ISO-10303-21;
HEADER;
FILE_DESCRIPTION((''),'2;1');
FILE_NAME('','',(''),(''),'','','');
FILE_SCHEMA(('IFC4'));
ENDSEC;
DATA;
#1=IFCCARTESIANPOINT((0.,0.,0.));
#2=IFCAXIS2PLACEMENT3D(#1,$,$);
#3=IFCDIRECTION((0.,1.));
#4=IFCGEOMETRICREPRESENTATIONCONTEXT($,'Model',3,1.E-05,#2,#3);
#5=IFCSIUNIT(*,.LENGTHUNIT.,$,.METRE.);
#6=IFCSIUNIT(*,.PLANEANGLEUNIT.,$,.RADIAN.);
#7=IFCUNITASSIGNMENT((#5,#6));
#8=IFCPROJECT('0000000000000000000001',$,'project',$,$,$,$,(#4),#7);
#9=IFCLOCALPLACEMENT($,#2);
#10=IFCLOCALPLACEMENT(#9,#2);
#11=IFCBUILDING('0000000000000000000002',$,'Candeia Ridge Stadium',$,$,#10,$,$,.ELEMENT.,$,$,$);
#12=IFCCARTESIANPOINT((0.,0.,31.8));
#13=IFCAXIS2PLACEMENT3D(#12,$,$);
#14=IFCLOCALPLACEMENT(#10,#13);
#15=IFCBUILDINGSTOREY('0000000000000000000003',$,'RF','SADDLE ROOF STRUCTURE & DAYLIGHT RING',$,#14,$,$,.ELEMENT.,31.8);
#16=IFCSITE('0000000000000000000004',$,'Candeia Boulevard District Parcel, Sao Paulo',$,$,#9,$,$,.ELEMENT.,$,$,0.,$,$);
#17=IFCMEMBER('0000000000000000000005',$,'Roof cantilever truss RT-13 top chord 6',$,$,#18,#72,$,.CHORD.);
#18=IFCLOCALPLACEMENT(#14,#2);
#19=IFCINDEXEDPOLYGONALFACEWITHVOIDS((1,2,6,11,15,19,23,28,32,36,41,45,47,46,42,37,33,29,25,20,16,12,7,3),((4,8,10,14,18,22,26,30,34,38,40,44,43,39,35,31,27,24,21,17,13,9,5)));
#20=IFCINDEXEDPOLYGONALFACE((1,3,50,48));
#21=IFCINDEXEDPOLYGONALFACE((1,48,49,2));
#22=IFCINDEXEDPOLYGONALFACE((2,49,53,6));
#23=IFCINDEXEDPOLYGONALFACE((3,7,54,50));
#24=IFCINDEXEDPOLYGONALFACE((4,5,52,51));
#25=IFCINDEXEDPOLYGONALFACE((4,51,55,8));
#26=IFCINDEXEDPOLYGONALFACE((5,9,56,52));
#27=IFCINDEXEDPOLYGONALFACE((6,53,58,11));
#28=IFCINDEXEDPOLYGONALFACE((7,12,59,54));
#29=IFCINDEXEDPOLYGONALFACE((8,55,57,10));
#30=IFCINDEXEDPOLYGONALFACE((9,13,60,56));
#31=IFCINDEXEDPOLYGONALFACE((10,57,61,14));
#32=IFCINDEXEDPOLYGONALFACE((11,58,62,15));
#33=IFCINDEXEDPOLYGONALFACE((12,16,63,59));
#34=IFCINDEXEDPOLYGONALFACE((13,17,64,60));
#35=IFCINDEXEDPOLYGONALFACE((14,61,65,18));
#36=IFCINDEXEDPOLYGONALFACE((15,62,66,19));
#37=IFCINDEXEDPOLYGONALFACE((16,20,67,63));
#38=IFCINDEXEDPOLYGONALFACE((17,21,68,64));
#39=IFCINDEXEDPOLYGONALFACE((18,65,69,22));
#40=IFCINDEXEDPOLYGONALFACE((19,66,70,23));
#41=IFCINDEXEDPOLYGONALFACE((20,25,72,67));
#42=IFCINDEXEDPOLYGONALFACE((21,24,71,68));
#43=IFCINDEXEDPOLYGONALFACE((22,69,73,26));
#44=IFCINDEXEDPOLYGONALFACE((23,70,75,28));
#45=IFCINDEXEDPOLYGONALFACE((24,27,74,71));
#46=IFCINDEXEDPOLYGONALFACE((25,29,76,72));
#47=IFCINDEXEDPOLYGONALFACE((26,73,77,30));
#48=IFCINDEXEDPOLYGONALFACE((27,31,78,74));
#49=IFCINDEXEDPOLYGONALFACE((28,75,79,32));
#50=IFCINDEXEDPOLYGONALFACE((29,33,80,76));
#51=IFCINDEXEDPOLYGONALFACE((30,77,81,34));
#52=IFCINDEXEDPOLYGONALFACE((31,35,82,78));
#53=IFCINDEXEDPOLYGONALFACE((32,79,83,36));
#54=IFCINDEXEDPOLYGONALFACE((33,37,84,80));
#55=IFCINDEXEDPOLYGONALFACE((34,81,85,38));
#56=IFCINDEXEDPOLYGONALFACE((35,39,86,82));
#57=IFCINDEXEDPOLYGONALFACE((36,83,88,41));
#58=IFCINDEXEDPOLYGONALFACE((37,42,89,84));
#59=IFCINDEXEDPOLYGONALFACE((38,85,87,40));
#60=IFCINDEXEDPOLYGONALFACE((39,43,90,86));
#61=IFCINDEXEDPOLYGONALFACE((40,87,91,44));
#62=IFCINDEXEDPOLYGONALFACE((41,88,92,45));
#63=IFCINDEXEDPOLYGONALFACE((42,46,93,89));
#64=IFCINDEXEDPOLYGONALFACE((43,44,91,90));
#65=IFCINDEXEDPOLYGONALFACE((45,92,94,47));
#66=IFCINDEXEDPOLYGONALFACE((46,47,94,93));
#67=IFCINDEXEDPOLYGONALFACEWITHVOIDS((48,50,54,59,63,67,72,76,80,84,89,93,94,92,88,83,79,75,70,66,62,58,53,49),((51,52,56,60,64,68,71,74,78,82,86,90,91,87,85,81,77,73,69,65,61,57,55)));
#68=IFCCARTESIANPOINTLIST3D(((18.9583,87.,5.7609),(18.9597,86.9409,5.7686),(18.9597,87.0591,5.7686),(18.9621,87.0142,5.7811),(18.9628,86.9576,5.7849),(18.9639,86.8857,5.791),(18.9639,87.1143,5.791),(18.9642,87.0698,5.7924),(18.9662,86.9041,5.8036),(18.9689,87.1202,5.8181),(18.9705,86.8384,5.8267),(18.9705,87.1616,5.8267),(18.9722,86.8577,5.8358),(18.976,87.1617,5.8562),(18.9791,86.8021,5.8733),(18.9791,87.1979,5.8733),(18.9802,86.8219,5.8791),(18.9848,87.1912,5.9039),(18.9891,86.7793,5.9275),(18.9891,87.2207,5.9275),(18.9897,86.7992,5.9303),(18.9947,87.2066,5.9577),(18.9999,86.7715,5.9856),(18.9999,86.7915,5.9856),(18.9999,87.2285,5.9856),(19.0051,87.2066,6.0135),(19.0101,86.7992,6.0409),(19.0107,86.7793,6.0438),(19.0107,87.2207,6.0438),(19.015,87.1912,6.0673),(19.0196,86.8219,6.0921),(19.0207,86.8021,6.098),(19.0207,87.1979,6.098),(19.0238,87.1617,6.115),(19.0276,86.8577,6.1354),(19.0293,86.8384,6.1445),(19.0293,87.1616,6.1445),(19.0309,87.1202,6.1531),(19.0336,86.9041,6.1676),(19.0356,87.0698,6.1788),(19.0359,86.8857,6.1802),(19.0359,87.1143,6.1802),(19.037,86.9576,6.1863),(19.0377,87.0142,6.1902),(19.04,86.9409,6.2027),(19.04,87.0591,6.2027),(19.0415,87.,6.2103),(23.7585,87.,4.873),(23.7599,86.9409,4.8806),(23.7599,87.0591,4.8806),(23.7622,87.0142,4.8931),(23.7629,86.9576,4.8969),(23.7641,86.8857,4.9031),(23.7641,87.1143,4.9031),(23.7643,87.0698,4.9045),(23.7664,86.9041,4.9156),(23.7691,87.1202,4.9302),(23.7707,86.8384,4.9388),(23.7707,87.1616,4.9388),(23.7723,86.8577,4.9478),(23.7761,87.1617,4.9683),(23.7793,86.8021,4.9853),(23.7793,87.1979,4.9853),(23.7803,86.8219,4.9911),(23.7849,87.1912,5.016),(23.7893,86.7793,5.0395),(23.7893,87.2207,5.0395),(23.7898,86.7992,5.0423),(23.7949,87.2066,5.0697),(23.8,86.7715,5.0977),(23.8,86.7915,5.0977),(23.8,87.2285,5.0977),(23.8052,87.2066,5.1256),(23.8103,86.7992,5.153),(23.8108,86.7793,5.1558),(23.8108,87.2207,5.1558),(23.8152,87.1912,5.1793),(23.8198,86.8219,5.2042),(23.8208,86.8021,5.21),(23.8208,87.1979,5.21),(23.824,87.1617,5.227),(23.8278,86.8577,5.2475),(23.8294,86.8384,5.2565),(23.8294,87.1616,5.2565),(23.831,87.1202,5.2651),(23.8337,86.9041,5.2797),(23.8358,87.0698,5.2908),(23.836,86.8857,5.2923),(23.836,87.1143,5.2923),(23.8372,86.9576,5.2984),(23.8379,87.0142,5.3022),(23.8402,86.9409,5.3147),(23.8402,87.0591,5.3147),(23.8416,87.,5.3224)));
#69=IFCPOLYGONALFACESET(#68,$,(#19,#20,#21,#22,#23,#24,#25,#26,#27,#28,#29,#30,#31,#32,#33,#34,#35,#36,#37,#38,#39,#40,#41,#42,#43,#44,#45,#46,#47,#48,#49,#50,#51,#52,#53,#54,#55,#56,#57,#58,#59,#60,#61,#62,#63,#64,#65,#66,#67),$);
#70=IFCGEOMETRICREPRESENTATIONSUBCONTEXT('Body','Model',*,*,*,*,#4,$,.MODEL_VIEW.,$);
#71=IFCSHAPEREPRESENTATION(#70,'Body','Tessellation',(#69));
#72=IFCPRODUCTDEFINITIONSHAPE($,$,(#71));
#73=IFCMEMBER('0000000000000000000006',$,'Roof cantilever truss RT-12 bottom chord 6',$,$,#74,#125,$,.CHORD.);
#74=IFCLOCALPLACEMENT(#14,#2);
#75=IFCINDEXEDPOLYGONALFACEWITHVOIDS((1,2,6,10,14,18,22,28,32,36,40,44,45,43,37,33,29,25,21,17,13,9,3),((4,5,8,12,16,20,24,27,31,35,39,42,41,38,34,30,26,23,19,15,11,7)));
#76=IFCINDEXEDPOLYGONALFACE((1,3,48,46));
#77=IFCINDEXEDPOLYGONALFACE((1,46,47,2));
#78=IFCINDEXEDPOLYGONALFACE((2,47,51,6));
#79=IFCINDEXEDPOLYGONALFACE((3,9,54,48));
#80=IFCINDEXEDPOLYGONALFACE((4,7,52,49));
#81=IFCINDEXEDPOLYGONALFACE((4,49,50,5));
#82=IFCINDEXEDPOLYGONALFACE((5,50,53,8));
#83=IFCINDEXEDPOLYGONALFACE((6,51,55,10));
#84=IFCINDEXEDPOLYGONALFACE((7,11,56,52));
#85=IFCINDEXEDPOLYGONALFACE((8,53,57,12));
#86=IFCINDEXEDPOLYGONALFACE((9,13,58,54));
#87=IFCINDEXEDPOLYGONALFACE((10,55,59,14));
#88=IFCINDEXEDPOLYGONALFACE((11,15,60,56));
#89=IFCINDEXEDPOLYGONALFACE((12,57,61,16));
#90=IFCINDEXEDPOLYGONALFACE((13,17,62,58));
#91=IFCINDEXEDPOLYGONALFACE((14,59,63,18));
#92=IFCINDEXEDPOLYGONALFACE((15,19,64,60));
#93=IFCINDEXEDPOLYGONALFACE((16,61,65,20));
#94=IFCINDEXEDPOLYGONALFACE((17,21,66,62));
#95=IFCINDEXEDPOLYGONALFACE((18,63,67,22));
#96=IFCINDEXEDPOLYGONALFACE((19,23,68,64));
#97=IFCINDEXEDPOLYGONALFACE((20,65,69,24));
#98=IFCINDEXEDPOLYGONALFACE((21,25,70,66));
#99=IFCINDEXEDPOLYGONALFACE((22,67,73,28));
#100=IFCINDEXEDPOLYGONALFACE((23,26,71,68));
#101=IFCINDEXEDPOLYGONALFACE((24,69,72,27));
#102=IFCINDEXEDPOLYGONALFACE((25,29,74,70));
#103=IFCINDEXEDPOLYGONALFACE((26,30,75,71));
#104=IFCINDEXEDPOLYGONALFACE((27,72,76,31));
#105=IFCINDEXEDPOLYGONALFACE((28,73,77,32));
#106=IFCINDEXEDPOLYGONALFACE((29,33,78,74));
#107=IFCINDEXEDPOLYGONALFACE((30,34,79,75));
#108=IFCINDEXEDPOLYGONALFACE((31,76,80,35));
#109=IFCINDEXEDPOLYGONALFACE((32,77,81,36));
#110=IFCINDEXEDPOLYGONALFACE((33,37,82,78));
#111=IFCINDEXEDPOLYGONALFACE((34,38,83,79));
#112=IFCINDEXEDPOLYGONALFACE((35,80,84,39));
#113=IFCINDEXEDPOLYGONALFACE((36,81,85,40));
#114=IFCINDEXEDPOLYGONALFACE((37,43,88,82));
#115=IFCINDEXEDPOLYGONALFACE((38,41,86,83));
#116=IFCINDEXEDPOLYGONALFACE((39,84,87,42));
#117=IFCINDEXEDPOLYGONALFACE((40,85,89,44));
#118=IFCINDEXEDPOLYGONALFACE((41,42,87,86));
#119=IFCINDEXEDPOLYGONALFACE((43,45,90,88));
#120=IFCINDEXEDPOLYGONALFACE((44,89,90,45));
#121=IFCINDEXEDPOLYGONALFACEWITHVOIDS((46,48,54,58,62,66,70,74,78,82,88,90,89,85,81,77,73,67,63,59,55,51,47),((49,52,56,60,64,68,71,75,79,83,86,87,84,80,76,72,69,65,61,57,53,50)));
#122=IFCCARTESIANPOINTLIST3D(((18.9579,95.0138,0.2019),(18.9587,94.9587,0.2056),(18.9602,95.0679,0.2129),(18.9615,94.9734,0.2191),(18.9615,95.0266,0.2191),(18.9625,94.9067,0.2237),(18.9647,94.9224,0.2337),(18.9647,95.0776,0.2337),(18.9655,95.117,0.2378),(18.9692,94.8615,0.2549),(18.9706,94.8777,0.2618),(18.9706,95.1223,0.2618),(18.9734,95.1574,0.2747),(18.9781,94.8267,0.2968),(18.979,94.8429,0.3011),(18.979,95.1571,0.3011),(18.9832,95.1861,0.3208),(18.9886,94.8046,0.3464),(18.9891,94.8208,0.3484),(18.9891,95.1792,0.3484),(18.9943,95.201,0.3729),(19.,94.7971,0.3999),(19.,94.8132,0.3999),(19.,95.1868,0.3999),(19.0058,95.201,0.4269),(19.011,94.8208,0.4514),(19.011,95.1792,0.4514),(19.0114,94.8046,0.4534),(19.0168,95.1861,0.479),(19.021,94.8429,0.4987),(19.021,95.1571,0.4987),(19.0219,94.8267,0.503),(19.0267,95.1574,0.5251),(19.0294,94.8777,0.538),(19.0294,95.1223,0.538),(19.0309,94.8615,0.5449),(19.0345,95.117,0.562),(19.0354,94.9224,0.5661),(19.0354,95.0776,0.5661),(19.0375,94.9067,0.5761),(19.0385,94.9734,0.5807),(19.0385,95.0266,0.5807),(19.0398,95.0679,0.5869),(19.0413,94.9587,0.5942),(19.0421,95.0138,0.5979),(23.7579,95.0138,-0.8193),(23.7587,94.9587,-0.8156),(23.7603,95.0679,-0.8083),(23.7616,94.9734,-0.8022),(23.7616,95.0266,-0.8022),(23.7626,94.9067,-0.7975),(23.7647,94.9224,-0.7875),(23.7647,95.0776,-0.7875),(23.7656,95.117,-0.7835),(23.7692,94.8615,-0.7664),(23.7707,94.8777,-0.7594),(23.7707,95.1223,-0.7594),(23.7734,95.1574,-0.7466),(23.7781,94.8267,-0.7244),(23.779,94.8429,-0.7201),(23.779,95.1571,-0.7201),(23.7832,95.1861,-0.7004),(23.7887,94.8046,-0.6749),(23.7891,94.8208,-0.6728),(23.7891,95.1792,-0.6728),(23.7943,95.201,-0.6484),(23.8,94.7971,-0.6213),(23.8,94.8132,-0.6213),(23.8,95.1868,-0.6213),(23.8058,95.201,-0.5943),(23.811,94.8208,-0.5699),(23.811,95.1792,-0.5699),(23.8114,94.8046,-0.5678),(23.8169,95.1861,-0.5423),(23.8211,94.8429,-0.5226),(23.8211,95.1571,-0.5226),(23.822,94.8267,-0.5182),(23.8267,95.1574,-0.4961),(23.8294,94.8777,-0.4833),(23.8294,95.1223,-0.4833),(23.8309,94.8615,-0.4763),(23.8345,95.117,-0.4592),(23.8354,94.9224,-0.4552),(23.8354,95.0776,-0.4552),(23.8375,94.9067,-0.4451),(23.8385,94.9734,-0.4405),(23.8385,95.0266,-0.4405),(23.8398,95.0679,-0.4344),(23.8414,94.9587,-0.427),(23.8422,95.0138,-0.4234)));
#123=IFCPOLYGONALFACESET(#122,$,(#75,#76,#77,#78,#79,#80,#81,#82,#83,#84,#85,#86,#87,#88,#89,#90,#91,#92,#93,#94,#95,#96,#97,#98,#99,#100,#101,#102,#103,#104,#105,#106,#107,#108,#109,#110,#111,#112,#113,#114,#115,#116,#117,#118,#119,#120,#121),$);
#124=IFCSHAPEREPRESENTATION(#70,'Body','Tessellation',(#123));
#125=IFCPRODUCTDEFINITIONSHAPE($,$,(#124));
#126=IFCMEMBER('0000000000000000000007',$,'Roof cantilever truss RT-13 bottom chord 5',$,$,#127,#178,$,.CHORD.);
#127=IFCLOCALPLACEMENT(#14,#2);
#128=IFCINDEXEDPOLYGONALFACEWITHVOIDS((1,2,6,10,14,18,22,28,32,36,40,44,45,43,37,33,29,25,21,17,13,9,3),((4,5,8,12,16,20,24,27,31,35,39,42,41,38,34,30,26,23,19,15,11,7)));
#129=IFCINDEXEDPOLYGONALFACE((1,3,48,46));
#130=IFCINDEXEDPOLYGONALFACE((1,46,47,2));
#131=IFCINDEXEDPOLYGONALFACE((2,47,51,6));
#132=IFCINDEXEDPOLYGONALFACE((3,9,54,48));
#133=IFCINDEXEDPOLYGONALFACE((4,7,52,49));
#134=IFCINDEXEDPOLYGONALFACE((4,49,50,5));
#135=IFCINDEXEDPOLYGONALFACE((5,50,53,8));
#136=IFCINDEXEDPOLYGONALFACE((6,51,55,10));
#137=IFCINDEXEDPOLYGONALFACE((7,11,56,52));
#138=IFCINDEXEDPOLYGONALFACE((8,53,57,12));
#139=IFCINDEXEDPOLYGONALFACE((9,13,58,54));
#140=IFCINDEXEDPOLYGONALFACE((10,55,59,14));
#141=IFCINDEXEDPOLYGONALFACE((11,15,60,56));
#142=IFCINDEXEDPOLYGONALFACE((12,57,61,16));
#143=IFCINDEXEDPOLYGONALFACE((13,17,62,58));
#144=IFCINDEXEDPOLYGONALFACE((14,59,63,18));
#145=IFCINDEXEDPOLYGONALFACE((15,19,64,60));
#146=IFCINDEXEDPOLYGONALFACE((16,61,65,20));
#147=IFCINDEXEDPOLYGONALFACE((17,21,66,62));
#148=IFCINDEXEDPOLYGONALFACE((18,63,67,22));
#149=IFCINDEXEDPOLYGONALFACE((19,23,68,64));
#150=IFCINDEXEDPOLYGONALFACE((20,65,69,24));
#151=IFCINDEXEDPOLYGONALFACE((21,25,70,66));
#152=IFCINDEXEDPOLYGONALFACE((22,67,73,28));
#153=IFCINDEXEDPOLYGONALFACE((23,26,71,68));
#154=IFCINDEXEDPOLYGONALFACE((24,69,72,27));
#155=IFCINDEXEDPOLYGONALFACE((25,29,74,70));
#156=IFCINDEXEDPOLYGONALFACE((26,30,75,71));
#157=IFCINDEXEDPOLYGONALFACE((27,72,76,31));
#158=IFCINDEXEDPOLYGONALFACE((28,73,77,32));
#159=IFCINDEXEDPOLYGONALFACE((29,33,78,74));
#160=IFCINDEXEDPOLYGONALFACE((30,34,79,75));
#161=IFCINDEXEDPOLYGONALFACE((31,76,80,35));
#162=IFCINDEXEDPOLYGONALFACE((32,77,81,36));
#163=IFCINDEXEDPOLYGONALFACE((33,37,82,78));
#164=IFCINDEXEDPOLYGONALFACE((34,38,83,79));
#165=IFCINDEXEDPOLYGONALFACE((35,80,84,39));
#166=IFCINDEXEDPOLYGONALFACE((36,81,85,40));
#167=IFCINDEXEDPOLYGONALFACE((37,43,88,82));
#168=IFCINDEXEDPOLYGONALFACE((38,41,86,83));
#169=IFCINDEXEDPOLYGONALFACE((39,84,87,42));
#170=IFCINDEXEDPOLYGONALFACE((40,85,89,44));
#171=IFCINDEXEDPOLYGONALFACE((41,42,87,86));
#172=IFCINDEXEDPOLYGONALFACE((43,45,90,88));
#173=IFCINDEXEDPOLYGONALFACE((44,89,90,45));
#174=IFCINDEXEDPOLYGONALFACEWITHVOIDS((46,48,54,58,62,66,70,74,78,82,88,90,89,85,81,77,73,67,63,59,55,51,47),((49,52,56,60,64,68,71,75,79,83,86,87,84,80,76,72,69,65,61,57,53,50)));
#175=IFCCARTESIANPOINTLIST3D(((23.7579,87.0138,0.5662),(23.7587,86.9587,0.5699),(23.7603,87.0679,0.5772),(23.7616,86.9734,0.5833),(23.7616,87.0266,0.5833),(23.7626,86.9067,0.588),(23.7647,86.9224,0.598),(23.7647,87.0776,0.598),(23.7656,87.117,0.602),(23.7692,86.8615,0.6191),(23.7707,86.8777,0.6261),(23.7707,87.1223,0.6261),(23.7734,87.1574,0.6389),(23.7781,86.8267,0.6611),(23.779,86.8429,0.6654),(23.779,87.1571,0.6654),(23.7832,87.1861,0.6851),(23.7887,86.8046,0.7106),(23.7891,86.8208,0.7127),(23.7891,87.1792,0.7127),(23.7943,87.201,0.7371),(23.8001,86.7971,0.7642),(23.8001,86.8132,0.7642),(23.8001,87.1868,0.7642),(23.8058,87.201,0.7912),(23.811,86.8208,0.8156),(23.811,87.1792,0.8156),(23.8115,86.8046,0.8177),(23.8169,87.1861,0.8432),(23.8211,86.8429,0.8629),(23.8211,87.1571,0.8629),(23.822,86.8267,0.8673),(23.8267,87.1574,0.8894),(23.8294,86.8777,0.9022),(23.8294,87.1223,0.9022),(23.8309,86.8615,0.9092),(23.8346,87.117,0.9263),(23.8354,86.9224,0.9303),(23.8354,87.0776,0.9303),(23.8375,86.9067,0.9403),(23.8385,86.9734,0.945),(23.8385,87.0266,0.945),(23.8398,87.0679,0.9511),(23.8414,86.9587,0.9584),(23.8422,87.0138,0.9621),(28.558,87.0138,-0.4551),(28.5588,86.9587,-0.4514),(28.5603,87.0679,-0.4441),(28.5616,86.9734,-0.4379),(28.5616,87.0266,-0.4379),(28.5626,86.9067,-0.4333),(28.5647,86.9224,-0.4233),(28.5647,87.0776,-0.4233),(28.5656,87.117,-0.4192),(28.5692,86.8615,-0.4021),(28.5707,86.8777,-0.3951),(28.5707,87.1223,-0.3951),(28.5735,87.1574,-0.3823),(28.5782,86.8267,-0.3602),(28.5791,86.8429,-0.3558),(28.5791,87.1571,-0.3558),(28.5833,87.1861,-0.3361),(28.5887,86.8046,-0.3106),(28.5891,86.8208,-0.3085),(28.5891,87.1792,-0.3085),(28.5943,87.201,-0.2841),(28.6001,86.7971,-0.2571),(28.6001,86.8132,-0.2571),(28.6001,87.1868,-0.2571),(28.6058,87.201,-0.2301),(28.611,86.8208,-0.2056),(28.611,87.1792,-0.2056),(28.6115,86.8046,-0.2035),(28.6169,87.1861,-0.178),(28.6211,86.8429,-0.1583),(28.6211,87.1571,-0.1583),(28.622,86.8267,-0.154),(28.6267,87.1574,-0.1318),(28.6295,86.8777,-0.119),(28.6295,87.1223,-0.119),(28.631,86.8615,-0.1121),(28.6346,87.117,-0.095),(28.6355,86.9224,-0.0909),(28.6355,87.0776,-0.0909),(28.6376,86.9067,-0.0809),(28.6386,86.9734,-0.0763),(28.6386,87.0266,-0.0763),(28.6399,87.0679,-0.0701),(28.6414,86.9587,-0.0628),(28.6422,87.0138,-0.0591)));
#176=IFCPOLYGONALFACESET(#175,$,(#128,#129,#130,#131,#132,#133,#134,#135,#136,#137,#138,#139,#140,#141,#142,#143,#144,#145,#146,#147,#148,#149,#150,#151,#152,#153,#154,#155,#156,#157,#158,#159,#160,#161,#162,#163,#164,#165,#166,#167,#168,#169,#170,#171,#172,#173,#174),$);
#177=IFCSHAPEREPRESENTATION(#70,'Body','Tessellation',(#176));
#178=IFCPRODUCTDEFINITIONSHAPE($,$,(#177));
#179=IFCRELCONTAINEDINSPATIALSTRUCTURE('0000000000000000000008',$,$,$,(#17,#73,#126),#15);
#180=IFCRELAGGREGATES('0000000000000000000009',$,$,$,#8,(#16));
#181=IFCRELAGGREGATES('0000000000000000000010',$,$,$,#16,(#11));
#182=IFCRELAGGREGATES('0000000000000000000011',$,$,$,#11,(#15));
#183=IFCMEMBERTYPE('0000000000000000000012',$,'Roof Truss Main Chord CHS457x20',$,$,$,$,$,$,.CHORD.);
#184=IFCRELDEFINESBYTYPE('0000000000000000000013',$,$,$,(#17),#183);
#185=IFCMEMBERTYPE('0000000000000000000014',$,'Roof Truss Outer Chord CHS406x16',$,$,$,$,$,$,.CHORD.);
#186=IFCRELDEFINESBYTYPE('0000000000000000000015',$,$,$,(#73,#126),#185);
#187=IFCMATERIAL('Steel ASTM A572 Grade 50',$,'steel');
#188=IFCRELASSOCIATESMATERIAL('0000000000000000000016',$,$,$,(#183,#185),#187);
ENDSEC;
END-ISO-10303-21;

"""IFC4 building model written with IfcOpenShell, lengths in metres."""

from ifc_helpers import new_model, si_unit, direction, frame, origin, origin_2d, place, context, subcontext, project, spatial, hollow_circle, extrude, material, material_profile, profile_set, type_object, element, save


model = new_model("IFC4")

# Units and contexts
model_context = context("Model", 3, precision=1e-05, world=origin(), true_north=direction((0.0, 1.0)))
body_context = subcontext(model_context, "Body", "Model", "MODEL_VIEW")
ifc_project = project(units=[si_unit("LENGTHUNIT", "METRE"), si_unit("PLANEANGLEUNIT", "RADIAN")], contexts=[model_context])

# Site, building, storey
site_placement = place(None, origin())
site = spatial("IfcSite", under=ifc_project, at=site_placement, Name="Candeia Boulevard District Parcel, Sao Paulo", CompositionType="ELEMENT", RefElevation=0.0)
building_placement = place(site_placement, origin())
building = spatial("IfcBuilding", under=site, at=building_placement, Name="Candeia Ridge Stadium", CompositionType="ELEMENT")
storey_placement = place(building_placement, frame((0.0, 0.0, 31.8)))
storey = spatial("IfcBuildingStorey", under=building, at=storey_placement, Name="RF", Description="SADDLE ROOF STRUCTURE & DAYLIGHT RING", CompositionType="ELEMENT", Elevation=31.8)

# Shared definitions
ifc_material_1 = material(Name="Steel ASTM A572 Grade 50", Category="steel")

# Members
ifc_material_profile_1 = material_profile(ifc_material_1, hollow_circle(Radius=0.2285, WallThickness=0.02, at=origin_2d()), Name="CHS457x20", Category="steel")
ifc_profile_set_1 = profile_set([ifc_material_profile_1], Name="Steel ASTM A572 Grade 50")
member_type_1 = type_object("IfcMemberType", Name="Roof Truss Main Chord CHS457x20", PredefinedType="CHORD", material=ifc_profile_set_1)
for number, where, z_axis, x_axis, name in (
    (1, (23.8, 87.0, 5.0977), (-0.983317, 0.0, 0.181899), (0.0, -1.0, 0.0), "Roof cantilever truss RT-13 top chord 6"),
):
    element("IfcMember", number, at=place(storey_placement, frame(where, z_axis=z_axis, x_axis=x_axis)), inside=storey, type_object=member_type_1, Name=name, PredefinedType="CHORD", context=body_context, shape_type="SweptSolid", body=[
        extrude(hollow_circle(Radius=0.2285, WallThickness=0.02, at=origin_2d()), origin(), (0.0, 0.0, 1.0), 4.8816),
    ])
ifc_material_profile_2 = material_profile(ifc_material_1, hollow_circle(Radius=0.2029, WallThickness=0.0161, at=origin_2d()), Name="CHS406x16", Category="steel")
ifc_profile_set_2 = profile_set([ifc_material_profile_2], Name="Steel ASTM A572 Grade 50")
member_type_2 = type_object("IfcMemberType", Name="Roof Truss Outer Chord CHS406x16", PredefinedType="CHORD", material=ifc_profile_set_2)
for number, where, z_axis, x_axis, name in (
    (2, (23.8, 95.0, -0.6213), (-0.978108, 0.0, 0.208099), (0.0, -1.0, 0.0), "Roof cantilever truss RT-12 bottom chord 6"),
    (3, (28.6001, 87.0, -0.2571), (-0.978108, 0.0, 0.208099), (0.0, -1.0, 0.0), "Roof cantilever truss RT-13 bottom chord 5"),
):
    element("IfcMember", number, at=place(storey_placement, frame(where, z_axis=z_axis, x_axis=x_axis)), inside=storey, type_object=member_type_2, Name=name, PredefinedType="CHORD", context=body_context, shape_type="SweptSolid", body=[
        extrude(hollow_circle(Radius=0.2029, WallThickness=0.0161, at=origin_2d()), origin(), (0.0, 0.0, 1.0), 4.9075),
    ])

save(model, "model.ifc")
